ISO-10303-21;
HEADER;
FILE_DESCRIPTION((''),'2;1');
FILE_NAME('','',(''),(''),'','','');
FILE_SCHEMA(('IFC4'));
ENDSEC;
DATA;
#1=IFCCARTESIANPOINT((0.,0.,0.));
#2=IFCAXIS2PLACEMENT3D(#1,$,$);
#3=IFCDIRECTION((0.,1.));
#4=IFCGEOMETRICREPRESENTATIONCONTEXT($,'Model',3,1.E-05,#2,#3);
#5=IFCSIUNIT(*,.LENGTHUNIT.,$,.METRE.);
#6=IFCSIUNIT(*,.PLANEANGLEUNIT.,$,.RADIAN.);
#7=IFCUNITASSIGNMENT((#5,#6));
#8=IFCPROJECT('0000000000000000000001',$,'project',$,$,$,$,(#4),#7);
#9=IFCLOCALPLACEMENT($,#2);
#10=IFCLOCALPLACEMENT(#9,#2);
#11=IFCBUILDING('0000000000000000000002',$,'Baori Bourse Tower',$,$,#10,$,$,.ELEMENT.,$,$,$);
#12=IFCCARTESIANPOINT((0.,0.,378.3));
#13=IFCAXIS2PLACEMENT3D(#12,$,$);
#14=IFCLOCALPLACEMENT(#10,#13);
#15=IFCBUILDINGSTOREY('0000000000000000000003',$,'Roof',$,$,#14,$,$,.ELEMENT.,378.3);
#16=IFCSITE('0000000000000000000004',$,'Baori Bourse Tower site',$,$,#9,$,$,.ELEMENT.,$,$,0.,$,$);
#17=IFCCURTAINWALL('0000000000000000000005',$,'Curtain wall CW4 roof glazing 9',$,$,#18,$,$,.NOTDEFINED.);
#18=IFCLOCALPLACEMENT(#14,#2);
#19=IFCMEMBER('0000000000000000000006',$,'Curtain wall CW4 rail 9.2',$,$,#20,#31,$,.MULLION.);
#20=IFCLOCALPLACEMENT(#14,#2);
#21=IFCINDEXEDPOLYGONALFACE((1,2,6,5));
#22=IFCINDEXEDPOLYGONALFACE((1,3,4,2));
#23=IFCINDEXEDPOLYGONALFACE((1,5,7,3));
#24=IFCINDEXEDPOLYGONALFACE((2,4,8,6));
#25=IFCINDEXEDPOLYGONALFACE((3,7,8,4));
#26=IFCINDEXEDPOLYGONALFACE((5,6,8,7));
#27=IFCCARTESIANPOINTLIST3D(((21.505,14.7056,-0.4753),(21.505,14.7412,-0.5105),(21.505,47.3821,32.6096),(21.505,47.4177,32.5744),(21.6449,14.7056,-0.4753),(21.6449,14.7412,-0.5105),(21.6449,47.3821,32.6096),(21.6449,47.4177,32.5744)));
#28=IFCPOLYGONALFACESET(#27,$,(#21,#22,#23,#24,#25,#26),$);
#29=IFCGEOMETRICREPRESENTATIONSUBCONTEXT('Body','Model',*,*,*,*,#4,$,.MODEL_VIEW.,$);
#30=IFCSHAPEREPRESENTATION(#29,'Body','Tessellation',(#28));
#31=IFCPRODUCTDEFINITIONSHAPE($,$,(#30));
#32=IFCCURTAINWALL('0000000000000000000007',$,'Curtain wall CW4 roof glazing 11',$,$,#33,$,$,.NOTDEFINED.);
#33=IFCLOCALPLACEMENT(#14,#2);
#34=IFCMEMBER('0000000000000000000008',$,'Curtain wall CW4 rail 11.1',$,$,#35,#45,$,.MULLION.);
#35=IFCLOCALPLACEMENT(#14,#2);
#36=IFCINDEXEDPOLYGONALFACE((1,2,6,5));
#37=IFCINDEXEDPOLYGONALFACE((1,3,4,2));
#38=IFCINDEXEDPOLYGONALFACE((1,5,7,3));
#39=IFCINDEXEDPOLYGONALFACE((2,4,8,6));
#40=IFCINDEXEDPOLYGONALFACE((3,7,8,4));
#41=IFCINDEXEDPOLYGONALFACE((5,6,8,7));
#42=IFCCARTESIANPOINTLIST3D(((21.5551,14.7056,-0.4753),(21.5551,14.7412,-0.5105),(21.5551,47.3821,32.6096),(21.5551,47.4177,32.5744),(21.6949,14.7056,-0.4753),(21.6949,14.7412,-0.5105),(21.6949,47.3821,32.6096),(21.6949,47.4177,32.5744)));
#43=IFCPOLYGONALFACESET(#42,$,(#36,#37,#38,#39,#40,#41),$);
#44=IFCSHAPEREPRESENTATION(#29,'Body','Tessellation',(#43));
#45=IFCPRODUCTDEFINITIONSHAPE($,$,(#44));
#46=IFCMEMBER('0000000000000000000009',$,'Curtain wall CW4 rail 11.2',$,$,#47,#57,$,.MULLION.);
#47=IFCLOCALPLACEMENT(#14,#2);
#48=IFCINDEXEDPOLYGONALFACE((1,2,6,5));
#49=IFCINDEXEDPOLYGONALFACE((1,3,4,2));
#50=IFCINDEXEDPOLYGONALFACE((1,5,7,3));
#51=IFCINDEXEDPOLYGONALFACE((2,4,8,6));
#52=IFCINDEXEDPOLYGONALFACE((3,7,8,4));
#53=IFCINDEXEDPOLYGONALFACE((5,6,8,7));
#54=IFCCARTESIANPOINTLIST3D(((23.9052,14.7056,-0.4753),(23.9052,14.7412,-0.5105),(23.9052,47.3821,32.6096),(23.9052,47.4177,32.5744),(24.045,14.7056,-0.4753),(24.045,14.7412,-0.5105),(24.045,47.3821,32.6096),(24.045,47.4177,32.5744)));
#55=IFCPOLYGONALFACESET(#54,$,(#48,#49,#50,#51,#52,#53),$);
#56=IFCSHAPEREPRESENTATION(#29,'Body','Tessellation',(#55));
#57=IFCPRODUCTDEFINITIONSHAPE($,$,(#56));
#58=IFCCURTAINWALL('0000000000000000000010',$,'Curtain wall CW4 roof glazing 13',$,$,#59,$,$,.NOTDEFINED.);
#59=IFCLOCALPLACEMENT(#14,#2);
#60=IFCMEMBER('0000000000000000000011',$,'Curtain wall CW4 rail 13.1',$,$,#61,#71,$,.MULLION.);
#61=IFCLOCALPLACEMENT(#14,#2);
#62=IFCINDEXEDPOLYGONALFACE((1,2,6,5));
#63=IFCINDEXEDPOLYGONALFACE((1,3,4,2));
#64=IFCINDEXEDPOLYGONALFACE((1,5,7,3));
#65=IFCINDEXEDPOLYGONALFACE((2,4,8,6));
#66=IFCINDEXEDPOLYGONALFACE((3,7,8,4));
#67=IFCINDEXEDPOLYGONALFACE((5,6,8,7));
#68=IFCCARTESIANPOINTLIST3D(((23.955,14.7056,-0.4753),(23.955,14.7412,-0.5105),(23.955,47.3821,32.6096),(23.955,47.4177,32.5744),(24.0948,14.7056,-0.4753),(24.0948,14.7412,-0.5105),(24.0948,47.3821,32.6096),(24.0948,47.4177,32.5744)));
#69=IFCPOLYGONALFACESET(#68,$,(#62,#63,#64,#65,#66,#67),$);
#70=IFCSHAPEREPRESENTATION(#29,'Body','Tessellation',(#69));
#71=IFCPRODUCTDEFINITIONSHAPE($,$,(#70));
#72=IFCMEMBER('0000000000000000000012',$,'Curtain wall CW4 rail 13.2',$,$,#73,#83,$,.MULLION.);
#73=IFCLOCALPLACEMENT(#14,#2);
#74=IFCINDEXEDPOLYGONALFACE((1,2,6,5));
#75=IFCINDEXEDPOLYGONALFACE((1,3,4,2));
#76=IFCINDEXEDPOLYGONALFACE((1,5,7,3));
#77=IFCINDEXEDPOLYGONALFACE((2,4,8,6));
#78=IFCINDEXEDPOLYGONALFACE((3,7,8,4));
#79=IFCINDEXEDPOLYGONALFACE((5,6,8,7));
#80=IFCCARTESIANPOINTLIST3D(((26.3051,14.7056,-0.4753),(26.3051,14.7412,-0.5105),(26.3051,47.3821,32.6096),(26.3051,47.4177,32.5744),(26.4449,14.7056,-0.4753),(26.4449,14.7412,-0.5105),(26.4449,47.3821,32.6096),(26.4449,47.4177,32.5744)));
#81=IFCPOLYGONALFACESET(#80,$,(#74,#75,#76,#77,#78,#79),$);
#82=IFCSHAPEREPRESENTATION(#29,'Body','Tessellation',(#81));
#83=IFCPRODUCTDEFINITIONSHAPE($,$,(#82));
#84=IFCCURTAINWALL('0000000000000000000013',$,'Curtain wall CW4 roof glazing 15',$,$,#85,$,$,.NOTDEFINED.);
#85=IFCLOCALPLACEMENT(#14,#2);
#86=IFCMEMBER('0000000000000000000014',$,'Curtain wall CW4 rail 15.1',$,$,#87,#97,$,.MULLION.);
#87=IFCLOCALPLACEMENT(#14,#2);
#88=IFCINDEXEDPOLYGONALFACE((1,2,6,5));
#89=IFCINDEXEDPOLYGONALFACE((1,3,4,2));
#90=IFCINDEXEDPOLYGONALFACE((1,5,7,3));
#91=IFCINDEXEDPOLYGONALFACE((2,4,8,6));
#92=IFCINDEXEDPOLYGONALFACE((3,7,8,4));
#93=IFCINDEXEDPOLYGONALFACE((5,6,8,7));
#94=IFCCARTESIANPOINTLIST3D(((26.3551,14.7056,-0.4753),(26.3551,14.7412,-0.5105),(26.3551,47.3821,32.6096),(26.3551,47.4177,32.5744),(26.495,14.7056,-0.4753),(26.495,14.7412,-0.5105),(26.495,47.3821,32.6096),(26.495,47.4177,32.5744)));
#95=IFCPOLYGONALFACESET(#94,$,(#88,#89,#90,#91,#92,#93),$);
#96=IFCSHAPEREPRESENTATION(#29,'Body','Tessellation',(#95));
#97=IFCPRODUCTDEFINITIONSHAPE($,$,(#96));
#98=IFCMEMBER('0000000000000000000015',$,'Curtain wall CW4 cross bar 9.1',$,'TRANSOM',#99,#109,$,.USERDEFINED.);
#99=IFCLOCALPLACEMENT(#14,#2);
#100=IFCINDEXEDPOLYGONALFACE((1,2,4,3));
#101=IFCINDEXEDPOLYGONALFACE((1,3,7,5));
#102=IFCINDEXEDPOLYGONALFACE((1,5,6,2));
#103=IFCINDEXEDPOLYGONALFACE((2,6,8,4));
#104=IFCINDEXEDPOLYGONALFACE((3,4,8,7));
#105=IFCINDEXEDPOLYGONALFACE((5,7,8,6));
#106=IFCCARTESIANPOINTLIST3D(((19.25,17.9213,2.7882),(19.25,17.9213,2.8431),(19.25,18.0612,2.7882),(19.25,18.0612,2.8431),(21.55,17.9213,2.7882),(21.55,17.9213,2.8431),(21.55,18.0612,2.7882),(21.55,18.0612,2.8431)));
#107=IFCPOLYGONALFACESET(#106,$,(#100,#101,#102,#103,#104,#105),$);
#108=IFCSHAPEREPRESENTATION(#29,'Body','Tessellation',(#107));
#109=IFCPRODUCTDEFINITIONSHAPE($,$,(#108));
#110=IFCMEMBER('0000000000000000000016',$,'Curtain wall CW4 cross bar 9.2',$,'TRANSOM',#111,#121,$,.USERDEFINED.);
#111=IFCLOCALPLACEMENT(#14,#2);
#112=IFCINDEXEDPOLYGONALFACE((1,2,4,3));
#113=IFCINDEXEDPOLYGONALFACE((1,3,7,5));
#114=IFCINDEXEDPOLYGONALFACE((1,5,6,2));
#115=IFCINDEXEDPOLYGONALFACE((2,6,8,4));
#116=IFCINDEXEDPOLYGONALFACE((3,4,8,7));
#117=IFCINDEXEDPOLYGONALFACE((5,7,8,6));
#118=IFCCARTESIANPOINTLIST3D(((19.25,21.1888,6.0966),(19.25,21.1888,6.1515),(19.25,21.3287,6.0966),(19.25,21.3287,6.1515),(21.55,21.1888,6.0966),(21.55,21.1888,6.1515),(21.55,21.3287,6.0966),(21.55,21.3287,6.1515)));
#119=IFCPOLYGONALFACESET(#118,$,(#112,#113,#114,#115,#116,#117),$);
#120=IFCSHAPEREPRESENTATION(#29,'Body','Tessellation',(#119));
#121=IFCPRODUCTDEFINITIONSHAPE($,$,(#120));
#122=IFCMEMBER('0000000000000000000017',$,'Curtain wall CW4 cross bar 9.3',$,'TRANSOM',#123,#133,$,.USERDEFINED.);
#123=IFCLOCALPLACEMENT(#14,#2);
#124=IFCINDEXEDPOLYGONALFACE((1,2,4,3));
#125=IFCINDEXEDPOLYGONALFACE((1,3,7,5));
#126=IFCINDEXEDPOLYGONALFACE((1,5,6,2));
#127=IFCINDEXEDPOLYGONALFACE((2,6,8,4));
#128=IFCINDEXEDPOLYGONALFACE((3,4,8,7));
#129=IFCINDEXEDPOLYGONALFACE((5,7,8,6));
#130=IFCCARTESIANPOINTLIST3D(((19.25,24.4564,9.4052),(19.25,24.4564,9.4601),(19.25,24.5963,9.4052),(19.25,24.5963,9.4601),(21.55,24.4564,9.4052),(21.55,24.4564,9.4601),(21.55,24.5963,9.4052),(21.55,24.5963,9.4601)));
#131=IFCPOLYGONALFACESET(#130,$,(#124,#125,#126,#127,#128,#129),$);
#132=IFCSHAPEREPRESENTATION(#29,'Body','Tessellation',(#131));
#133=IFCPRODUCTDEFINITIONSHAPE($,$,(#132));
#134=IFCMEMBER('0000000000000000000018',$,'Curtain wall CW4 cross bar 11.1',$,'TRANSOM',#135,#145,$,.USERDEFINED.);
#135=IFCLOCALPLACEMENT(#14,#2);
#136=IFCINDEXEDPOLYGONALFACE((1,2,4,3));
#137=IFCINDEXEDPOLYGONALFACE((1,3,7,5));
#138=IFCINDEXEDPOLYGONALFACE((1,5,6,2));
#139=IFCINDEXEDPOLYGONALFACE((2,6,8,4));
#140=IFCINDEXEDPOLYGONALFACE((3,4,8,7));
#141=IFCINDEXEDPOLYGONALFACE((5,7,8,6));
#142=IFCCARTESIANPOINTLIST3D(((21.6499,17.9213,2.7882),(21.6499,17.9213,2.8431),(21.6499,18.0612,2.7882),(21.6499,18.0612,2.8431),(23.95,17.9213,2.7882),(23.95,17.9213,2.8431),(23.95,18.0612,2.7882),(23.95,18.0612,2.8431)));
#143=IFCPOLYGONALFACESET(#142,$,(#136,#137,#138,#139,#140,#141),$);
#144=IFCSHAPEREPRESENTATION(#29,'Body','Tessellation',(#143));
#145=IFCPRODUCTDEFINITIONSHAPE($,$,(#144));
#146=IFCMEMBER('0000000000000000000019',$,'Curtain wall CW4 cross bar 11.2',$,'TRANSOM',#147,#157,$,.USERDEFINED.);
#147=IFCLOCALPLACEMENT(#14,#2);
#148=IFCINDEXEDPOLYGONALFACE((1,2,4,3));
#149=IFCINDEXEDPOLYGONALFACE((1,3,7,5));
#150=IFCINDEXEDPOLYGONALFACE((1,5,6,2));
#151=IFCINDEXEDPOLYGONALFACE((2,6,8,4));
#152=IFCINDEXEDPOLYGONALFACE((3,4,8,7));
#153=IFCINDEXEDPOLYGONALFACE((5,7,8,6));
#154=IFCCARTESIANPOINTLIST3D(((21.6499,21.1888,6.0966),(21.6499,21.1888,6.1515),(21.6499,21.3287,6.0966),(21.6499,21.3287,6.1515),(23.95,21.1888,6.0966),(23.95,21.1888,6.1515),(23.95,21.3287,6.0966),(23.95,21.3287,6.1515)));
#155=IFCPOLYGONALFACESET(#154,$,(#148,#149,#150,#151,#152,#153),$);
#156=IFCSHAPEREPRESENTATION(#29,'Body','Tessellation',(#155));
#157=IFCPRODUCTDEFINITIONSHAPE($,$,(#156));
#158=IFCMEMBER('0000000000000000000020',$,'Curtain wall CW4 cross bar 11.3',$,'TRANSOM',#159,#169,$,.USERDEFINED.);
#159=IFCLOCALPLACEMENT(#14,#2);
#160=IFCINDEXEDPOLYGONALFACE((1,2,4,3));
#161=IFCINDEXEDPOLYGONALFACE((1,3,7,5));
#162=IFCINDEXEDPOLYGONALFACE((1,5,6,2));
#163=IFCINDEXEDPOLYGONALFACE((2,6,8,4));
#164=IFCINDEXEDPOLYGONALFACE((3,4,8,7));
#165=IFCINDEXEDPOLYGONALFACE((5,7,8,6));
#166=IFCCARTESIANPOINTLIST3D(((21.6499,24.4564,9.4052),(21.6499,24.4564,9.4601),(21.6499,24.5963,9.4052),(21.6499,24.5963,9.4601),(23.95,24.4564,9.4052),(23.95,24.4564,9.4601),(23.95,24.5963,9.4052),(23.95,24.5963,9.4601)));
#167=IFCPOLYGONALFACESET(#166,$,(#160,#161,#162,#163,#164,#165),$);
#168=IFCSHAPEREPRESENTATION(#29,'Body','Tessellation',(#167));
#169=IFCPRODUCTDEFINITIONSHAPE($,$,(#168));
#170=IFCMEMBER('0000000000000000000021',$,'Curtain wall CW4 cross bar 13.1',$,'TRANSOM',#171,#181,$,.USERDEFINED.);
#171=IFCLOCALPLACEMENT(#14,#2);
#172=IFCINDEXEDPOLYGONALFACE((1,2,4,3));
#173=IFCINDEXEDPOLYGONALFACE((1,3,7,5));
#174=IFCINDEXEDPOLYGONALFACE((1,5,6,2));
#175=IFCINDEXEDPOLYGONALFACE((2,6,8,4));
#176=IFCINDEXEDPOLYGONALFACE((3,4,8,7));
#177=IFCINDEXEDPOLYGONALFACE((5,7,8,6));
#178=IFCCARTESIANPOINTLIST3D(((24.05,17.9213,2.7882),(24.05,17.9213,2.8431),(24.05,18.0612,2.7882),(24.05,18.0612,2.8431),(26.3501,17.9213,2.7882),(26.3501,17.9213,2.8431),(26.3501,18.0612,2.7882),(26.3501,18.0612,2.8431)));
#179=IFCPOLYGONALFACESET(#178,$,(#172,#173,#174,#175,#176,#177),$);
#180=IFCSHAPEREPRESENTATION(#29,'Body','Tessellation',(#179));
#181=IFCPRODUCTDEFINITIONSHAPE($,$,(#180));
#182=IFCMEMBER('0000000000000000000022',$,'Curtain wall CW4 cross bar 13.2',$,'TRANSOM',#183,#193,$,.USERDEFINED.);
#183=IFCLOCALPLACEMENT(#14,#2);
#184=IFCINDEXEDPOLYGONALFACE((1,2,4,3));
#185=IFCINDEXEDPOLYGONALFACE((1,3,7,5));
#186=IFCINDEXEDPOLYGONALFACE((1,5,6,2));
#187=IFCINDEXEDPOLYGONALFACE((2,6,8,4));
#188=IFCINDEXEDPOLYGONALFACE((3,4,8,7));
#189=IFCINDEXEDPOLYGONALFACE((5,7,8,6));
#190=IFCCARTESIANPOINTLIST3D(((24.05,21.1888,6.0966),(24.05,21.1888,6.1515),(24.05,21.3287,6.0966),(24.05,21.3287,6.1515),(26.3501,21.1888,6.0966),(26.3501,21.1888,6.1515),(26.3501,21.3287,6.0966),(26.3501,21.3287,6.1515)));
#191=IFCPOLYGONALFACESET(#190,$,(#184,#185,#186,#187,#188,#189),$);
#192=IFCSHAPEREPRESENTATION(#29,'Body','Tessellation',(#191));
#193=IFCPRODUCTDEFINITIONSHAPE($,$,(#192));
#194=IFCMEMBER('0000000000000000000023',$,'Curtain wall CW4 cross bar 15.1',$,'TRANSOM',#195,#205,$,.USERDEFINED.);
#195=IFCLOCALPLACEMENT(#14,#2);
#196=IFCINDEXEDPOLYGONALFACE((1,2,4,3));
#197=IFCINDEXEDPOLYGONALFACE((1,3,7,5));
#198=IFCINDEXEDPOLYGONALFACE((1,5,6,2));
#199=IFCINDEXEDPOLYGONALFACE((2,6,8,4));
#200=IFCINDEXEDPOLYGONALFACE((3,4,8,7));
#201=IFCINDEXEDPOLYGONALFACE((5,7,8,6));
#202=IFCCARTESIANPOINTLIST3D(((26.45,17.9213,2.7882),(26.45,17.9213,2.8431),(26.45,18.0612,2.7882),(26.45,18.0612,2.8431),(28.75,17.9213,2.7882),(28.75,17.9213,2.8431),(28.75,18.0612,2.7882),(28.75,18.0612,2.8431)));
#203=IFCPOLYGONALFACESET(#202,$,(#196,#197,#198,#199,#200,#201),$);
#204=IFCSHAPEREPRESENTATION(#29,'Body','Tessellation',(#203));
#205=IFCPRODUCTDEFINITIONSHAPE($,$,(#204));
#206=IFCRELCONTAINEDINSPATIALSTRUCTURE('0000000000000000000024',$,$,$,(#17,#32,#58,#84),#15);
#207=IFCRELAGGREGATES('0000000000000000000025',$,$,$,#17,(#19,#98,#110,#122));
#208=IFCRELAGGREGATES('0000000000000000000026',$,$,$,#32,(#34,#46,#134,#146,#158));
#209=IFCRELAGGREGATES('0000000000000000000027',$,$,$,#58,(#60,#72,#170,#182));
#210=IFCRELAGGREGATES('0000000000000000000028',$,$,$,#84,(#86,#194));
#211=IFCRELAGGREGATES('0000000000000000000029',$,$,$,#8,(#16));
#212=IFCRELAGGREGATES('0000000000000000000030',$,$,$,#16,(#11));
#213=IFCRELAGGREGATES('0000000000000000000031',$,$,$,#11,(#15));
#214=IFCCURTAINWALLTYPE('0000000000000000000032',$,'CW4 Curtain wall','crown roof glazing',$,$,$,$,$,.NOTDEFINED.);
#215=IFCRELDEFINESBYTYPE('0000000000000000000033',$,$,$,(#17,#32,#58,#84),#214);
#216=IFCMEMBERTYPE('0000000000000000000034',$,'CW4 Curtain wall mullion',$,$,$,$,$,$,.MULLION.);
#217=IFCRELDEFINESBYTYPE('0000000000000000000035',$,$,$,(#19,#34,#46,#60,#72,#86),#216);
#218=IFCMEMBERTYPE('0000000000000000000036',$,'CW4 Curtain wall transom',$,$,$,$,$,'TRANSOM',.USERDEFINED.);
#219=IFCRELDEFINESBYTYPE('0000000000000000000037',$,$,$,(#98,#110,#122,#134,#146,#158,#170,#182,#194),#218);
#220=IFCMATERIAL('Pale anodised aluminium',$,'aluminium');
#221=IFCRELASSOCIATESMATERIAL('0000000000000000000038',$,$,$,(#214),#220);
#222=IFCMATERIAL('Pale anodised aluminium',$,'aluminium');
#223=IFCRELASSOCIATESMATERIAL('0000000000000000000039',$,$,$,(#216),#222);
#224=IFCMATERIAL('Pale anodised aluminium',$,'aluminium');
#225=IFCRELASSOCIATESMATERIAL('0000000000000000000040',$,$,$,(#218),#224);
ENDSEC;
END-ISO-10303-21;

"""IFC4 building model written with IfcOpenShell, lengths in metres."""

from ifc_helpers import new_model, si_unit, direction, frame, origin, origin_2d, place, context, subcontext, project, spatial, rectangle, extrude, material, material_profile, profile_set, type_object, element, aggregate, save


model = new_model("IFC4")

# Units and contexts
model_context = context("Model", 3, precision=1e-05, world=origin(), true_north=direction((0.0, 1.0)))
body_context = subcontext(model_context, "Body", "Model", "MODEL_VIEW")
ifc_project = project(units=[si_unit("LENGTHUNIT", "METRE"), si_unit("PLANEANGLEUNIT", "RADIAN")], contexts=[model_context])

# Site, building, storey
site_placement = place(None, origin())
site = spatial("IfcSite", under=ifc_project, at=site_placement, Name="Baori Bourse Tower site", CompositionType="ELEMENT", RefElevation=0.0)
building_placement = place(site_placement, origin())
building = spatial("IfcBuilding", under=site, at=building_placement, Name="Baori Bourse Tower", CompositionType="ELEMENT")
storey_placement = place(building_placement, frame((0.0, 0.0, 378.3)))
storey = spatial("IfcBuildingStorey", under=building, at=storey_placement, Name="Roof", CompositionType="ELEMENT", Elevation=378.3)

# Curtain wall, member
ifc_material_1 = material(Name="Pale anodised aluminium", Category="aluminium")
curtain_wall_type = type_object("IfcCurtainWallType", Name="CW4 Curtain wall", Description="crown roof glazing", PredefinedType="NOTDEFINED", material=ifc_material_1)
curtain_wall_1_placement = place(storey_placement, origin())
curtain_wall_1 = element("IfcCurtainWall", 1, at=curtain_wall_1_placement, inside=storey, type_object=curtain_wall_type, Name="Curtain wall CW4 roof glazing 9", PredefinedType="NOTDEFINED")
ifc_material_2 = material(Name="Pale anodised aluminium", Category="aluminium")
ifc_material_profile_1 = material_profile(ifc_material_2, rectangle(XDim=0.1399, YDim=0.05, at=origin_2d()), Name="Mullion 50x140")
ifc_profile_set_1 = profile_set([ifc_material_profile_1], Name="Pale anodised aluminium")
member_type_1 = type_object("IfcMemberType", Name="CW4 Curtain wall mullion", PredefinedType="MULLION", material=ifc_profile_set_1)
member_1_placement = place(storey_placement, frame((21.575, 14.7234, -0.4929), z_axis=(0.0, 0.702701, 0.711485), x_axis=(-1.0, 0.0, 0.0)))
member_1 = element("IfcMember", 2, at=member_1_placement, type_object=member_type_1, Name="Curtain wall CW4 rail 9.2", PredefinedType="MULLION", context=body_context, shape_type="SweptSolid", body=[
    extrude(rectangle(XDim=0.1399, YDim=0.05, at=origin_2d()), origin(), (0.0, 0.0, 1.0), 46.5012),
])

# Curtain walls, members
curtain_wall_2_placement = place(storey_placement, origin())
curtain_wall_2 = element("IfcCurtainWall", 3, at=curtain_wall_2_placement, inside=storey, type_object=curtain_wall_type, Name="Curtain wall CW4 roof glazing 11", PredefinedType="NOTDEFINED")
member_2_placement = place(storey_placement, frame((21.625, 14.7234, -0.4929), z_axis=(0.0, 0.702701, 0.711485), x_axis=(-1.0, 0.0, 0.0)))
member_2 = element("IfcMember", 4, at=member_2_placement, type_object=member_type_1, Name="Curtain wall CW4 rail 11.1", PredefinedType="MULLION", context=body_context, shape_type="SweptSolid", body=[
    extrude(rectangle(XDim=0.1399, YDim=0.05, at=origin_2d()), origin(), (0.0, 0.0, 1.0), 46.5012),
])
member_3_placement = place(storey_placement, frame((23.9751, 14.7234, -0.4929), z_axis=(0.0, 0.702701, 0.711485), x_axis=(-1.0, 0.0, 0.0)))
member_3 = element("IfcMember", 5, at=member_3_placement, type_object=member_type_1, Name="Curtain wall CW4 rail 11.2", PredefinedType="MULLION", context=body_context, shape_type="SweptSolid", body=[
    extrude(rectangle(XDim=0.1399, YDim=0.05, at=origin_2d()), origin(), (0.0, 0.0, 1.0), 46.5012),
])
curtain_wall_3_placement = place(storey_placement, origin())
curtain_wall_3 = element("IfcCurtainWall", 6, at=curtain_wall_3_placement, inside=storey, type_object=curtain_wall_type, Name="Curtain wall CW4 roof glazing 13", PredefinedType="NOTDEFINED")
member_4_placement = place(storey_placement, frame((24.0249, 14.7234, -0.4929), z_axis=(0.0, 0.702701, 0.711485), x_axis=(-1.0, 0.0, 0.0)))
member_4 = element("IfcMember", 7, at=member_4_placement, type_object=member_type_1, Name="Curtain wall CW4 rail 13.1", PredefinedType="MULLION", context=body_context, shape_type="SweptSolid", body=[
    extrude(rectangle(XDim=0.1399, YDim=0.05, at=origin_2d()), origin(), (0.0, 0.0, 1.0), 46.5012),
])
member_5_placement = place(storey_placement, frame((26.375, 14.7234, -0.4929), z_axis=(0.0, 0.702701, 0.711485), x_axis=(-1.0, 0.0, 0.0)))
member_5 = element("IfcMember", 8, at=member_5_placement, type_object=member_type_1, Name="Curtain wall CW4 rail 13.2", PredefinedType="MULLION", context=body_context, shape_type="SweptSolid", body=[
    extrude(rectangle(XDim=0.1399, YDim=0.05, at=origin_2d()), origin(), (0.0, 0.0, 1.0), 46.5012),
])

# Curtain wall, member
curtain_wall_4_placement = place(storey_placement, origin())
curtain_wall_4 = element("IfcCurtainWall", 9, at=curtain_wall_4_placement, inside=storey, type_object=curtain_wall_type, Name="Curtain wall CW4 roof glazing 15", PredefinedType="NOTDEFINED")
member_6_placement = place(storey_placement, frame((26.425, 14.7234, -0.4929), z_axis=(0.0, 0.702701, 0.711485), x_axis=(-1.0, 0.0, 0.0)))
member_6 = element("IfcMember", 10, at=member_6_placement, type_object=member_type_1, Name="Curtain wall CW4 rail 15.1", PredefinedType="MULLION", context=body_context, shape_type="SweptSolid", body=[
    extrude(rectangle(XDim=0.1399, YDim=0.05, at=origin_2d()), origin(), (0.0, 0.0, 1.0), 46.5012),
])

# Members
ifc_material_3 = material(Name="Pale anodised aluminium", Category="aluminium")
ifc_material_profile_2 = material_profile(ifc_material_3, rectangle(XDim=0.1399, YDim=0.0549, at=origin_2d()), Name="Transom 55x140")
ifc_profile_set_2 = profile_set([ifc_material_profile_2], Name="Pale anodised aluminium")
member_type_2 = type_object("IfcMemberType", Name="CW4 Curtain wall transom", ElementType="TRANSOM", PredefinedType="USERDEFINED", material=ifc_profile_set_2)
member_7_placement = place(storey_placement, frame((19.25, 17.9912, 2.8157), z_axis=(1.0, 0.0, 0.0), x_axis=(0.0, 1.0, 0.0)))
member_7 = element("IfcMember", 11, at=member_7_placement, type_object=member_type_2, Name="Curtain wall CW4 cross bar 9.1", ObjectType="TRANSOM", PredefinedType="USERDEFINED", context=body_context, shape_type="SweptSolid", body=[
    extrude(rectangle(XDim=0.1399, YDim=0.0549, at=origin_2d()), origin(), (0.0, 0.0, 1.0), 2.3),
])
member_8_placement = place(storey_placement, frame((19.25, 21.2588, 6.124), z_axis=(1.0, 0.0, 0.0), x_axis=(0.0, 1.0, 0.0)))
member_8 = element("IfcMember", 12, at=member_8_placement, type_object=member_type_2, Name="Curtain wall CW4 cross bar 9.2", ObjectType="TRANSOM", PredefinedType="USERDEFINED", context=body_context, shape_type="SweptSolid", body=[
    extrude(rectangle(XDim=0.1399, YDim=0.0549, at=origin_2d()), origin(), (0.0, 0.0, 1.0), 2.3),
])
member_9_placement = place(storey_placement, frame((19.25, 24.5264, 9.4326), z_axis=(1.0, 0.0, 0.0), x_axis=(0.0, 1.0, 0.0)))
member_9 = element("IfcMember", 13, at=member_9_placement, type_object=member_type_2, Name="Curtain wall CW4 cross bar 9.3", ObjectType="TRANSOM", PredefinedType="USERDEFINED", context=body_context, shape_type="SweptSolid", body=[
    extrude(rectangle(XDim=0.1399, YDim=0.0549, at=origin_2d()), origin(), (0.0, 0.0, 1.0), 2.3),
])
member_10_placement = place(storey_placement, frame((21.6499, 17.9912, 2.8157), z_axis=(1.0, 0.0, 0.0), x_axis=(0.0, 1.0, 0.0)))
member_10 = element("IfcMember", 14, at=member_10_placement, type_object=member_type_2, Name="Curtain wall CW4 cross bar 11.1", ObjectType="TRANSOM", PredefinedType="USERDEFINED", context=body_context, shape_type="SweptSolid", body=[
    extrude(rectangle(XDim=0.1399, YDim=0.0549, at=origin_2d()), origin(), (0.0, 0.0, 1.0), 2.3),
])
member_11_placement = place(storey_placement, frame((21.6499, 21.2588, 6.124), z_axis=(1.0, 0.0, 0.0), x_axis=(0.0, 1.0, 0.0)))
member_11 = element("IfcMember", 15, at=member_11_placement, type_object=member_type_2, Name="Curtain wall CW4 cross bar 11.2", ObjectType="TRANSOM", PredefinedType="USERDEFINED", context=body_context, shape_type="SweptSolid", body=[
    extrude(rectangle(XDim=0.1399, YDim=0.0549, at=origin_2d()), origin(), (0.0, 0.0, 1.0), 2.3),
])
member_12_placement = place(storey_placement, frame((21.6499, 24.5264, 9.4326), z_axis=(1.0, 0.0, 0.0), x_axis=(0.0, 1.0, 0.0)))
member_12 = element("IfcMember", 16, at=member_12_placement, type_object=member_type_2, Name="Curtain wall CW4 cross bar 11.3", ObjectType="TRANSOM", PredefinedType="USERDEFINED", context=body_context, shape_type="SweptSolid", body=[
    extrude(rectangle(XDim=0.1399, YDim=0.0549, at=origin_2d()), origin(), (0.0, 0.0, 1.0), 2.3),
])
member_13_placement = place(storey_placement, frame((24.05, 17.9912, 2.8157), z_axis=(1.0, 0.0, 0.0), x_axis=(0.0, 1.0, 0.0)))
member_13 = element("IfcMember", 17, at=member_13_placement, type_object=member_type_2, Name="Curtain wall CW4 cross bar 13.1", ObjectType="TRANSOM", PredefinedType="USERDEFINED", context=body_context, shape_type="SweptSolid", body=[
    extrude(rectangle(XDim=0.1399, YDim=0.0549, at=origin_2d()), origin(), (0.0, 0.0, 1.0), 2.3),
])
member_14_placement = place(storey_placement, frame((24.05, 21.2588, 6.124), z_axis=(1.0, 0.0, 0.0), x_axis=(0.0, 1.0, 0.0)))
member_14 = element("IfcMember", 18, at=member_14_placement, type_object=member_type_2, Name="Curtain wall CW4 cross bar 13.2", ObjectType="TRANSOM", PredefinedType="USERDEFINED", context=body_context, shape_type="SweptSolid", body=[
    extrude(rectangle(XDim=0.1399, YDim=0.0549, at=origin_2d()), origin(), (0.0, 0.0, 1.0), 2.3),
])
member_15_placement = place(storey_placement, frame((26.45, 17.9912, 2.8157), z_axis=(1.0, 0.0, 0.0), x_axis=(0.0, 1.0, 0.0)))
member_15 = element("IfcMember", 19, at=member_15_placement, type_object=member_type_2, Name="Curtain wall CW4 cross bar 15.1", ObjectType="TRANSOM", PredefinedType="USERDEFINED", context=body_context, shape_type="SweptSolid", body=[
    extrude(rectangle(XDim=0.1399, YDim=0.0549, at=origin_2d()), origin(), (0.0, 0.0, 1.0), 2.3),
])

aggregate(curtain_wall_1, [member_1, member_7, member_8, member_9])
aggregate(curtain_wall_2, [member_2, member_3, member_10, member_11, member_12])
aggregate(curtain_wall_3, [member_4, member_5, member_13, member_14])
aggregate(curtain_wall_4, [member_6, member_15])

save(model, "model.ifc")
